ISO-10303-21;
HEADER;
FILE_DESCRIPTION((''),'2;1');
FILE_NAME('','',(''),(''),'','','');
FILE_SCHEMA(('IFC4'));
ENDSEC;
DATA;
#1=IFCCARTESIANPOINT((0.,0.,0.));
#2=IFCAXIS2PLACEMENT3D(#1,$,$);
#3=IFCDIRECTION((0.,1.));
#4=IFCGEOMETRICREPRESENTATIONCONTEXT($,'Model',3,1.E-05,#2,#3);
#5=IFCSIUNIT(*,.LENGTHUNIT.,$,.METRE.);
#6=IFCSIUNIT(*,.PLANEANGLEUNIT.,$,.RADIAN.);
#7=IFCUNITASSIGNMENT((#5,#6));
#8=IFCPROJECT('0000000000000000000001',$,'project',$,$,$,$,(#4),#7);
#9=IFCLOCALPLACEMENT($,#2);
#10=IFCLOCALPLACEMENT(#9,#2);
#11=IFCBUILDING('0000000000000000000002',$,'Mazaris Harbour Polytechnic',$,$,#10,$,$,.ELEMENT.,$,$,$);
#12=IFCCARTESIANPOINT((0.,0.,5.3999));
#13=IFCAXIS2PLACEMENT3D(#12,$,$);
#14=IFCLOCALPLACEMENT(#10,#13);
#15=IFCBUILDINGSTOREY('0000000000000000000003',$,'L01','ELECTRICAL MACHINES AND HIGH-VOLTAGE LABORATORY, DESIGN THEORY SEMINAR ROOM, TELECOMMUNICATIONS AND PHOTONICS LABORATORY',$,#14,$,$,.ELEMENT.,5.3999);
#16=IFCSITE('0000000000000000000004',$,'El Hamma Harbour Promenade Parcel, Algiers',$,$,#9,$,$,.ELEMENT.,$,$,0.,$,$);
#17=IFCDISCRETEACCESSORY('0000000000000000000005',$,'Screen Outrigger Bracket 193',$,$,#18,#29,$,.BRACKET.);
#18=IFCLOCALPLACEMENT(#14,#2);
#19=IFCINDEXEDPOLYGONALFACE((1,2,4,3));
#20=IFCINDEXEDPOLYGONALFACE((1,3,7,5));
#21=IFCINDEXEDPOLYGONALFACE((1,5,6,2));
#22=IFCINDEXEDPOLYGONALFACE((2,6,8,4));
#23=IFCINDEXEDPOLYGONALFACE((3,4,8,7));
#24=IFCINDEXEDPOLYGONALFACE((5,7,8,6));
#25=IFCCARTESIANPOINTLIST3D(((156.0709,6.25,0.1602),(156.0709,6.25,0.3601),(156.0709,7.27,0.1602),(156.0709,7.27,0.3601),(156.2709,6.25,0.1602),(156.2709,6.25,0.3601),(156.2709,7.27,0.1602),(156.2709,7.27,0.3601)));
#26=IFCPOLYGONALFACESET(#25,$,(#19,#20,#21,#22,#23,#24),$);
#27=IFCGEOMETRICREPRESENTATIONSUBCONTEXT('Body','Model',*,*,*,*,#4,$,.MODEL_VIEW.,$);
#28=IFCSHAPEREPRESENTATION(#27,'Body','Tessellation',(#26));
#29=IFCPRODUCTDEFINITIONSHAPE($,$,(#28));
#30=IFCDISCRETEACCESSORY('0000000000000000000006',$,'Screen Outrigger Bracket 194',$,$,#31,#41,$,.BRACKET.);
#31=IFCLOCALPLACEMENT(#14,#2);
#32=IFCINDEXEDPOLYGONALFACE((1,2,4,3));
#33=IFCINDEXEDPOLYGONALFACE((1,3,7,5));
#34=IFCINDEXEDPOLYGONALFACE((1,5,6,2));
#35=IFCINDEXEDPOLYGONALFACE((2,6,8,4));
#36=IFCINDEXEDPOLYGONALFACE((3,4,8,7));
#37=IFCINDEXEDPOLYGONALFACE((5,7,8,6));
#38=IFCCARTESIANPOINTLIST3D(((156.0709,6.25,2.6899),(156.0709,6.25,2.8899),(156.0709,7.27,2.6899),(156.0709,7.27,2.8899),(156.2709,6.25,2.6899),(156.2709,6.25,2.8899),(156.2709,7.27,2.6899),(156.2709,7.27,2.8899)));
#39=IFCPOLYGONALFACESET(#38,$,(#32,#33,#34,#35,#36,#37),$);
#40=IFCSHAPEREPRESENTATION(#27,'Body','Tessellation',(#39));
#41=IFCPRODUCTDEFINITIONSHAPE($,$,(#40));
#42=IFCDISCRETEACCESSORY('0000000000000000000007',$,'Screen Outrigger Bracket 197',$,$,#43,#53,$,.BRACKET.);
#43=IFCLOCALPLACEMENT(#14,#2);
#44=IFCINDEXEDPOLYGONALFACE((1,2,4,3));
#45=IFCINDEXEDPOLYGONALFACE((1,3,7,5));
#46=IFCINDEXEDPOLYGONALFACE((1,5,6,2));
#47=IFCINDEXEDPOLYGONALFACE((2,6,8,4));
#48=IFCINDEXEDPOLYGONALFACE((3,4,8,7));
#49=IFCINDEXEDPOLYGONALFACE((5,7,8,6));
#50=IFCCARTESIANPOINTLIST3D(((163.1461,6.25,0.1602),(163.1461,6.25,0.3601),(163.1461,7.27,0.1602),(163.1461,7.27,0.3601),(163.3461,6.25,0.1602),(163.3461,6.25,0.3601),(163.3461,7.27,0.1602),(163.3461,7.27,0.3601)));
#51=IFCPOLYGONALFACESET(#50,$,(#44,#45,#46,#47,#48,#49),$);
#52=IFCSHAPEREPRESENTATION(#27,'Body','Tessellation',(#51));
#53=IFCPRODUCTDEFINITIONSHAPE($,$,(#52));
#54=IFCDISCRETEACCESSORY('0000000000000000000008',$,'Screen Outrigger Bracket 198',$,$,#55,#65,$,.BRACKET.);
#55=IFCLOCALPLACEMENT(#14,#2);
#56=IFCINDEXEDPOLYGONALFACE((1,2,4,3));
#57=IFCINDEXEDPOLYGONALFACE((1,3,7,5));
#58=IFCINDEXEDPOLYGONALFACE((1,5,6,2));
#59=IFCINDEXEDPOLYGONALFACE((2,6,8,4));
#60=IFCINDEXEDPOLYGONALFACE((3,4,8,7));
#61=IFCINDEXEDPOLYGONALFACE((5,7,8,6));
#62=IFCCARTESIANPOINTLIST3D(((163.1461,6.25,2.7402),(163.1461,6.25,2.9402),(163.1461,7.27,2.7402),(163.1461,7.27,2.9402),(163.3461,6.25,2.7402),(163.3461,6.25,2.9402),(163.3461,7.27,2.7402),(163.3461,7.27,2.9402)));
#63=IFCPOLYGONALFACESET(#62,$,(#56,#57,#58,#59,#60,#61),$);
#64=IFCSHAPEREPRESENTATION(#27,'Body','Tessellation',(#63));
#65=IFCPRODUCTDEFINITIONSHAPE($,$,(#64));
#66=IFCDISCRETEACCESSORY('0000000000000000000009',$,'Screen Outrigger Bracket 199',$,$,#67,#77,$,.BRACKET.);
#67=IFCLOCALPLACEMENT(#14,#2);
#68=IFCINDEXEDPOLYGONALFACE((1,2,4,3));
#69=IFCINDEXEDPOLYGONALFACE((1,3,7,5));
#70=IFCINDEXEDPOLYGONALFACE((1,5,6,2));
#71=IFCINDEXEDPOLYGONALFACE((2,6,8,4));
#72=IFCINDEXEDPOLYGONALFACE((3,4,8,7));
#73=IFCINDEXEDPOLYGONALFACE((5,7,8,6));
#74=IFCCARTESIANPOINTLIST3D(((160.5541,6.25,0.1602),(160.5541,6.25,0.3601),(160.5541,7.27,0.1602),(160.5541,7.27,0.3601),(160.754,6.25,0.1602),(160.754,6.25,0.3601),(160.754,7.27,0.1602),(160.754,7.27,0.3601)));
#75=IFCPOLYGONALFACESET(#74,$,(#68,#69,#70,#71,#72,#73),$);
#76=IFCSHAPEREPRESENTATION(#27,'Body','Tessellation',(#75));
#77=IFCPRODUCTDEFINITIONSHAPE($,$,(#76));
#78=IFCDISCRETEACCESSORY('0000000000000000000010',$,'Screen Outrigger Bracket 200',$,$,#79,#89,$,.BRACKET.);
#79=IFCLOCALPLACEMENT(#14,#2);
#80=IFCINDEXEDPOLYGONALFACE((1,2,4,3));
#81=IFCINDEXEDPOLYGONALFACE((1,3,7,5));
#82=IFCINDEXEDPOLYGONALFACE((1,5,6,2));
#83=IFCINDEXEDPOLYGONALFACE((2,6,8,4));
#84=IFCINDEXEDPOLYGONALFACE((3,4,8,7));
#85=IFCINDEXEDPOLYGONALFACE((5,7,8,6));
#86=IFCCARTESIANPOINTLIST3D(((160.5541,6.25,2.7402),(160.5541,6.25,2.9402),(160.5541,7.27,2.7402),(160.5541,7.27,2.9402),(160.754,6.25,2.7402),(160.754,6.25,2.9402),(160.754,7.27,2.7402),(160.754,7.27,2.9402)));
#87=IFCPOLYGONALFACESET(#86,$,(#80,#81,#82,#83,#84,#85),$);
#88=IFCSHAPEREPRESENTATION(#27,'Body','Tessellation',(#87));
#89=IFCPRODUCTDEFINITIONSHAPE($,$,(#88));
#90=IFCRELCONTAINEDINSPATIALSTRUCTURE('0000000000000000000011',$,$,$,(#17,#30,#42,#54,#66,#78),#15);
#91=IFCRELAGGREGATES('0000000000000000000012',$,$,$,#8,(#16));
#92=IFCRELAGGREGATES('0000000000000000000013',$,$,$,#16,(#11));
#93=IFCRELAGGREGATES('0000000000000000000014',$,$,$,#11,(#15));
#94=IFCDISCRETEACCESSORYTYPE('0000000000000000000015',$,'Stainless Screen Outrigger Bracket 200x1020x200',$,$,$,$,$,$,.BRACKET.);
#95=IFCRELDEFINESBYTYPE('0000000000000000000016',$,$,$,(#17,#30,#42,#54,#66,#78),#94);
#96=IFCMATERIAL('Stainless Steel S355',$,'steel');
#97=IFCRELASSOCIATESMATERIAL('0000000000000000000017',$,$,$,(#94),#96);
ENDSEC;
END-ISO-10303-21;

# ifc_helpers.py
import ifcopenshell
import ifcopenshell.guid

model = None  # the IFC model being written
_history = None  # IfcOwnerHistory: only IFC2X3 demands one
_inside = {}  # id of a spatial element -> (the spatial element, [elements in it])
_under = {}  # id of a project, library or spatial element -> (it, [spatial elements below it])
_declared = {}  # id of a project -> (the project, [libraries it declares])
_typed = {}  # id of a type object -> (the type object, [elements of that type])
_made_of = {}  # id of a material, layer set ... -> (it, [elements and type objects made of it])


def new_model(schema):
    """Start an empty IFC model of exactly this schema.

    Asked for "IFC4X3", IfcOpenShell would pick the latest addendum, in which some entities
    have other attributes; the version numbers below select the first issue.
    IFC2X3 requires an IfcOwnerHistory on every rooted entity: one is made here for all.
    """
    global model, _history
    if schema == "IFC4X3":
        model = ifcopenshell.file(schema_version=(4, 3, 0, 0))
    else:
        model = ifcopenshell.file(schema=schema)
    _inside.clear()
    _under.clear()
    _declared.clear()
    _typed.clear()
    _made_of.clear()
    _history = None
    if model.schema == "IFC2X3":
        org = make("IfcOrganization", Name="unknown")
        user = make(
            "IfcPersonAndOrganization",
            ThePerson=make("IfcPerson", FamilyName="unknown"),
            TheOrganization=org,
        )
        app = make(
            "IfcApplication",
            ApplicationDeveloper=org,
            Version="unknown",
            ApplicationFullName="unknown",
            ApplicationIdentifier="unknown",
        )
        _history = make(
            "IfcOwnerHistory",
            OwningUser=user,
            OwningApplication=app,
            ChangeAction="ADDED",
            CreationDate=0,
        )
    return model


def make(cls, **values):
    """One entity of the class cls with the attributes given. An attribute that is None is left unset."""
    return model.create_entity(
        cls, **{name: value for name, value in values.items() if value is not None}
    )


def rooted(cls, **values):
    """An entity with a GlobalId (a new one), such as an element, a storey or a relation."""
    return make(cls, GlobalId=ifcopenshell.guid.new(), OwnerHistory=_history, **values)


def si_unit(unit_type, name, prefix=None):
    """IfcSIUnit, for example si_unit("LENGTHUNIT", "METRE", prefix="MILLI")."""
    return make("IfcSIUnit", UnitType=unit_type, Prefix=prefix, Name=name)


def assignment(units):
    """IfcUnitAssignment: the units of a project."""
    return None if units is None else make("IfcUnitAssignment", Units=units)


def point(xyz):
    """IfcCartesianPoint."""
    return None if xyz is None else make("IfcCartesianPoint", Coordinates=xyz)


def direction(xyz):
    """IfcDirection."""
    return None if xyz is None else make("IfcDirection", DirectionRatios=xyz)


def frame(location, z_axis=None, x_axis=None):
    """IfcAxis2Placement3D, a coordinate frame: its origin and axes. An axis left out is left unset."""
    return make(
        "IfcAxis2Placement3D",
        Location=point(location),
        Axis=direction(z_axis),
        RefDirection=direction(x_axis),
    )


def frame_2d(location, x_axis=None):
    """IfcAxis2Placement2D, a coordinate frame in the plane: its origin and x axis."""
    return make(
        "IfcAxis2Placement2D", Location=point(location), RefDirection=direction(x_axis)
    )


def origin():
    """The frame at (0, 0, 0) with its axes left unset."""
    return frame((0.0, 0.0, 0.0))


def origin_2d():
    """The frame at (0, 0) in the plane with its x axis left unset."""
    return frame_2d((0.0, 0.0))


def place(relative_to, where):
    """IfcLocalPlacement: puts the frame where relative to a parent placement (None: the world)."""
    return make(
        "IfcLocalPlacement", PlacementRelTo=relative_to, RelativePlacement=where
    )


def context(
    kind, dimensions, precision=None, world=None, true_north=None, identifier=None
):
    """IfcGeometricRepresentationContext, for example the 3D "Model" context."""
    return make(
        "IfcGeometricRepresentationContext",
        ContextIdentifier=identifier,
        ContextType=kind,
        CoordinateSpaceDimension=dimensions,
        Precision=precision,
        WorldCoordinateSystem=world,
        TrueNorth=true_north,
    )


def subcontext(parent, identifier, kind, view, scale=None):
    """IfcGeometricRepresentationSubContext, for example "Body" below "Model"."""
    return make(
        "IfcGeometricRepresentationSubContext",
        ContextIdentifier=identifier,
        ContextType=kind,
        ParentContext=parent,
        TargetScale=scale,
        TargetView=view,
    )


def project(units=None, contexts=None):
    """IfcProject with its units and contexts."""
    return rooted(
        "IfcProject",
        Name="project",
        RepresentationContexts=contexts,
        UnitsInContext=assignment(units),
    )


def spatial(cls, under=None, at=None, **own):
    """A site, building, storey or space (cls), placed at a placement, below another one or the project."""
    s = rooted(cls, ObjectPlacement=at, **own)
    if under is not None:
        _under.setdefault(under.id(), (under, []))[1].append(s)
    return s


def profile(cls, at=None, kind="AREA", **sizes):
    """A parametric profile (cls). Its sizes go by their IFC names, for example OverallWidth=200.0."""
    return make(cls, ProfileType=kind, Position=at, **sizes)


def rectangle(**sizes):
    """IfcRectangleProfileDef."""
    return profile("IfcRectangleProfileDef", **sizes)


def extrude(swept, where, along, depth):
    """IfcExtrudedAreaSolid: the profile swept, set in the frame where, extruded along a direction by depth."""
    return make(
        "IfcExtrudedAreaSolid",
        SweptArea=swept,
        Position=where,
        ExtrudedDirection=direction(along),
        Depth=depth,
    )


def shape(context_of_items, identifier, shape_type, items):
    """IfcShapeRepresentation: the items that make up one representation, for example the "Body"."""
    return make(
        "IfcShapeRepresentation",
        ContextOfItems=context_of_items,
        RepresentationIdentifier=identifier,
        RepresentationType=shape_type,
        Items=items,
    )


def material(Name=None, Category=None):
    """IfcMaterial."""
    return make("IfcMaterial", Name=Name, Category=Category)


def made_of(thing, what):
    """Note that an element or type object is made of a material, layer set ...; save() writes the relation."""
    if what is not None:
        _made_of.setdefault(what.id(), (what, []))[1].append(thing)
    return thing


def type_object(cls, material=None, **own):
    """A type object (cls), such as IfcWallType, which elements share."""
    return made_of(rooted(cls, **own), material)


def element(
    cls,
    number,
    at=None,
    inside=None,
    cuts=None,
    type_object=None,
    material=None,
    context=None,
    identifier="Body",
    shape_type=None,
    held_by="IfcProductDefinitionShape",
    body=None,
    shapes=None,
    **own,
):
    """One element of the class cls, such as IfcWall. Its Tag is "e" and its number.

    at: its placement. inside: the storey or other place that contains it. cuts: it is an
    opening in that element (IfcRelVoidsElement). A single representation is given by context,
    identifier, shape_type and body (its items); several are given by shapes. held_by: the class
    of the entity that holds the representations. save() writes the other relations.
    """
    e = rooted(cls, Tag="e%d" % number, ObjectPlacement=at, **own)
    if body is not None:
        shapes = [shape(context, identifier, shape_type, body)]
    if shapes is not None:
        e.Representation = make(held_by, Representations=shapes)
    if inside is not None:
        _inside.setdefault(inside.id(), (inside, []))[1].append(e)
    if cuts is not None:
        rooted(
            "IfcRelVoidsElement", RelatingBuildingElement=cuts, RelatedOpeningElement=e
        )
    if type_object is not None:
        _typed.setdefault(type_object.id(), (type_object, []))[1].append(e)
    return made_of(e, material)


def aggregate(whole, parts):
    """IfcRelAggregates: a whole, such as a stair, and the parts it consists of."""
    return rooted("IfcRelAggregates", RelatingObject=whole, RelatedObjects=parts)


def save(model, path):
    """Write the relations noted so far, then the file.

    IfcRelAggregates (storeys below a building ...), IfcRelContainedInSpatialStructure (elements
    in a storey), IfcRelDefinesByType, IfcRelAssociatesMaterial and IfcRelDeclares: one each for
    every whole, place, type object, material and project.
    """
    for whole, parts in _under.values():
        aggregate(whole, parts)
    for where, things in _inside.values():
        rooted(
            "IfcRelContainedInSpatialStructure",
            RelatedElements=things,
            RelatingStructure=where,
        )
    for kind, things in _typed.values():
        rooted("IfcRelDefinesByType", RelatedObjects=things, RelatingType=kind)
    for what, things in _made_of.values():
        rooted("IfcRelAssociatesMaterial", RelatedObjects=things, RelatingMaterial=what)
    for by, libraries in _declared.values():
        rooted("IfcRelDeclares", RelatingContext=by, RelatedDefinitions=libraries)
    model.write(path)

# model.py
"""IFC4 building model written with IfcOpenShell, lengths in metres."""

from ifc_helpers import new_model, si_unit, direction, frame, origin, origin_2d, place, context, subcontext, project, spatial, rectangle, extrude, material, type_object, element, save


model = new_model("IFC4")

# Units and contexts
model_context = context("Model", 3, precision=1e-05, world=origin(), true_north=direction((0.0, 1.0)))
body_context = subcontext(model_context, "Body", "Model", "MODEL_VIEW")
ifc_project = project(units=[si_unit("LENGTHUNIT", "METRE"), si_unit("PLANEANGLEUNIT", "RADIAN")], contexts=[model_context])

# Site, building, storey
site_placement = place(None, origin())
site = spatial("IfcSite", under=ifc_project, at=site_placement, Name="El Hamma Harbour Promenade Parcel, Algiers", CompositionType="ELEMENT", RefElevation=0.0)
building_placement = place(site_placement, origin())
building = spatial("IfcBuilding", under=site, at=building_placement, Name="Mazaris Harbour Polytechnic", CompositionType="ELEMENT")
storey_placement = place(building_placement, frame((0.0, 0.0, 5.3999)))
storey = spatial("IfcBuildingStorey", under=building, at=storey_placement, Name="L01", Description="ELECTRICAL MACHINES AND HIGH-VOLTAGE LABORATORY, DESIGN THEORY SEMINAR ROOM, TELECOMMUNICATIONS AND PHOTONICS LABORATORY", CompositionType="ELEMENT", Elevation=5.3999)

# Discrete accessories
ifc_material_1 = material(Name="Stainless Steel S355", Category="steel")
discrete_accessory_type = type_object("IfcDiscreteAccessoryType", Name="Stainless Screen Outrigger Bracket 200x1020x200", PredefinedType="BRACKET", material=ifc_material_1)
for number, where, z_axis, x_axis, name in (
    (1, (156.1709, 6.76, 0.1602), (0.0, 0.0, 1.0), (-1.0, 0.0, 0.0), "Screen Outrigger Bracket 193"),
    (2, (156.1709, 6.76, 2.6899), (0.0, 0.0, 1.0), (-1.0, 0.0, 0.0), "Screen Outrigger Bracket 194"),
    (3, (163.2461, 6.76, 0.1602), (0.0, 0.0, 1.0), (-1.0, 0.0, 0.0), "Screen Outrigger Bracket 197"),
    (4, (163.2461, 6.76, 2.7402), (0.0, 0.0, 1.0), (-1.0, 0.0, 0.0), "Screen Outrigger Bracket 198"),
    (5, (160.6541, 6.76, 0.1602), (0.0, 0.0, 1.0), (-1.0, 0.0, 0.0), "Screen Outrigger Bracket 199"),
    (6, (160.6541, 6.76, 2.7402), (0.0, 0.0, 1.0), (-1.0, 0.0, 0.0), "Screen Outrigger Bracket 200"),
):
    element("IfcDiscreteAccessory", number, at=place(storey_placement, frame(where, z_axis=z_axis, x_axis=x_axis)), inside=storey, type_object=discrete_accessory_type, Name=name, PredefinedType="BRACKET", context=body_context, shape_type="SweptSolid", body=[
        extrude(rectangle(XDim=0.2, YDim=1.02, at=origin_2d()), origin(), (0.0, 0.0, 1.0), 0.2),
    ])

save(model, "model.ifc")
